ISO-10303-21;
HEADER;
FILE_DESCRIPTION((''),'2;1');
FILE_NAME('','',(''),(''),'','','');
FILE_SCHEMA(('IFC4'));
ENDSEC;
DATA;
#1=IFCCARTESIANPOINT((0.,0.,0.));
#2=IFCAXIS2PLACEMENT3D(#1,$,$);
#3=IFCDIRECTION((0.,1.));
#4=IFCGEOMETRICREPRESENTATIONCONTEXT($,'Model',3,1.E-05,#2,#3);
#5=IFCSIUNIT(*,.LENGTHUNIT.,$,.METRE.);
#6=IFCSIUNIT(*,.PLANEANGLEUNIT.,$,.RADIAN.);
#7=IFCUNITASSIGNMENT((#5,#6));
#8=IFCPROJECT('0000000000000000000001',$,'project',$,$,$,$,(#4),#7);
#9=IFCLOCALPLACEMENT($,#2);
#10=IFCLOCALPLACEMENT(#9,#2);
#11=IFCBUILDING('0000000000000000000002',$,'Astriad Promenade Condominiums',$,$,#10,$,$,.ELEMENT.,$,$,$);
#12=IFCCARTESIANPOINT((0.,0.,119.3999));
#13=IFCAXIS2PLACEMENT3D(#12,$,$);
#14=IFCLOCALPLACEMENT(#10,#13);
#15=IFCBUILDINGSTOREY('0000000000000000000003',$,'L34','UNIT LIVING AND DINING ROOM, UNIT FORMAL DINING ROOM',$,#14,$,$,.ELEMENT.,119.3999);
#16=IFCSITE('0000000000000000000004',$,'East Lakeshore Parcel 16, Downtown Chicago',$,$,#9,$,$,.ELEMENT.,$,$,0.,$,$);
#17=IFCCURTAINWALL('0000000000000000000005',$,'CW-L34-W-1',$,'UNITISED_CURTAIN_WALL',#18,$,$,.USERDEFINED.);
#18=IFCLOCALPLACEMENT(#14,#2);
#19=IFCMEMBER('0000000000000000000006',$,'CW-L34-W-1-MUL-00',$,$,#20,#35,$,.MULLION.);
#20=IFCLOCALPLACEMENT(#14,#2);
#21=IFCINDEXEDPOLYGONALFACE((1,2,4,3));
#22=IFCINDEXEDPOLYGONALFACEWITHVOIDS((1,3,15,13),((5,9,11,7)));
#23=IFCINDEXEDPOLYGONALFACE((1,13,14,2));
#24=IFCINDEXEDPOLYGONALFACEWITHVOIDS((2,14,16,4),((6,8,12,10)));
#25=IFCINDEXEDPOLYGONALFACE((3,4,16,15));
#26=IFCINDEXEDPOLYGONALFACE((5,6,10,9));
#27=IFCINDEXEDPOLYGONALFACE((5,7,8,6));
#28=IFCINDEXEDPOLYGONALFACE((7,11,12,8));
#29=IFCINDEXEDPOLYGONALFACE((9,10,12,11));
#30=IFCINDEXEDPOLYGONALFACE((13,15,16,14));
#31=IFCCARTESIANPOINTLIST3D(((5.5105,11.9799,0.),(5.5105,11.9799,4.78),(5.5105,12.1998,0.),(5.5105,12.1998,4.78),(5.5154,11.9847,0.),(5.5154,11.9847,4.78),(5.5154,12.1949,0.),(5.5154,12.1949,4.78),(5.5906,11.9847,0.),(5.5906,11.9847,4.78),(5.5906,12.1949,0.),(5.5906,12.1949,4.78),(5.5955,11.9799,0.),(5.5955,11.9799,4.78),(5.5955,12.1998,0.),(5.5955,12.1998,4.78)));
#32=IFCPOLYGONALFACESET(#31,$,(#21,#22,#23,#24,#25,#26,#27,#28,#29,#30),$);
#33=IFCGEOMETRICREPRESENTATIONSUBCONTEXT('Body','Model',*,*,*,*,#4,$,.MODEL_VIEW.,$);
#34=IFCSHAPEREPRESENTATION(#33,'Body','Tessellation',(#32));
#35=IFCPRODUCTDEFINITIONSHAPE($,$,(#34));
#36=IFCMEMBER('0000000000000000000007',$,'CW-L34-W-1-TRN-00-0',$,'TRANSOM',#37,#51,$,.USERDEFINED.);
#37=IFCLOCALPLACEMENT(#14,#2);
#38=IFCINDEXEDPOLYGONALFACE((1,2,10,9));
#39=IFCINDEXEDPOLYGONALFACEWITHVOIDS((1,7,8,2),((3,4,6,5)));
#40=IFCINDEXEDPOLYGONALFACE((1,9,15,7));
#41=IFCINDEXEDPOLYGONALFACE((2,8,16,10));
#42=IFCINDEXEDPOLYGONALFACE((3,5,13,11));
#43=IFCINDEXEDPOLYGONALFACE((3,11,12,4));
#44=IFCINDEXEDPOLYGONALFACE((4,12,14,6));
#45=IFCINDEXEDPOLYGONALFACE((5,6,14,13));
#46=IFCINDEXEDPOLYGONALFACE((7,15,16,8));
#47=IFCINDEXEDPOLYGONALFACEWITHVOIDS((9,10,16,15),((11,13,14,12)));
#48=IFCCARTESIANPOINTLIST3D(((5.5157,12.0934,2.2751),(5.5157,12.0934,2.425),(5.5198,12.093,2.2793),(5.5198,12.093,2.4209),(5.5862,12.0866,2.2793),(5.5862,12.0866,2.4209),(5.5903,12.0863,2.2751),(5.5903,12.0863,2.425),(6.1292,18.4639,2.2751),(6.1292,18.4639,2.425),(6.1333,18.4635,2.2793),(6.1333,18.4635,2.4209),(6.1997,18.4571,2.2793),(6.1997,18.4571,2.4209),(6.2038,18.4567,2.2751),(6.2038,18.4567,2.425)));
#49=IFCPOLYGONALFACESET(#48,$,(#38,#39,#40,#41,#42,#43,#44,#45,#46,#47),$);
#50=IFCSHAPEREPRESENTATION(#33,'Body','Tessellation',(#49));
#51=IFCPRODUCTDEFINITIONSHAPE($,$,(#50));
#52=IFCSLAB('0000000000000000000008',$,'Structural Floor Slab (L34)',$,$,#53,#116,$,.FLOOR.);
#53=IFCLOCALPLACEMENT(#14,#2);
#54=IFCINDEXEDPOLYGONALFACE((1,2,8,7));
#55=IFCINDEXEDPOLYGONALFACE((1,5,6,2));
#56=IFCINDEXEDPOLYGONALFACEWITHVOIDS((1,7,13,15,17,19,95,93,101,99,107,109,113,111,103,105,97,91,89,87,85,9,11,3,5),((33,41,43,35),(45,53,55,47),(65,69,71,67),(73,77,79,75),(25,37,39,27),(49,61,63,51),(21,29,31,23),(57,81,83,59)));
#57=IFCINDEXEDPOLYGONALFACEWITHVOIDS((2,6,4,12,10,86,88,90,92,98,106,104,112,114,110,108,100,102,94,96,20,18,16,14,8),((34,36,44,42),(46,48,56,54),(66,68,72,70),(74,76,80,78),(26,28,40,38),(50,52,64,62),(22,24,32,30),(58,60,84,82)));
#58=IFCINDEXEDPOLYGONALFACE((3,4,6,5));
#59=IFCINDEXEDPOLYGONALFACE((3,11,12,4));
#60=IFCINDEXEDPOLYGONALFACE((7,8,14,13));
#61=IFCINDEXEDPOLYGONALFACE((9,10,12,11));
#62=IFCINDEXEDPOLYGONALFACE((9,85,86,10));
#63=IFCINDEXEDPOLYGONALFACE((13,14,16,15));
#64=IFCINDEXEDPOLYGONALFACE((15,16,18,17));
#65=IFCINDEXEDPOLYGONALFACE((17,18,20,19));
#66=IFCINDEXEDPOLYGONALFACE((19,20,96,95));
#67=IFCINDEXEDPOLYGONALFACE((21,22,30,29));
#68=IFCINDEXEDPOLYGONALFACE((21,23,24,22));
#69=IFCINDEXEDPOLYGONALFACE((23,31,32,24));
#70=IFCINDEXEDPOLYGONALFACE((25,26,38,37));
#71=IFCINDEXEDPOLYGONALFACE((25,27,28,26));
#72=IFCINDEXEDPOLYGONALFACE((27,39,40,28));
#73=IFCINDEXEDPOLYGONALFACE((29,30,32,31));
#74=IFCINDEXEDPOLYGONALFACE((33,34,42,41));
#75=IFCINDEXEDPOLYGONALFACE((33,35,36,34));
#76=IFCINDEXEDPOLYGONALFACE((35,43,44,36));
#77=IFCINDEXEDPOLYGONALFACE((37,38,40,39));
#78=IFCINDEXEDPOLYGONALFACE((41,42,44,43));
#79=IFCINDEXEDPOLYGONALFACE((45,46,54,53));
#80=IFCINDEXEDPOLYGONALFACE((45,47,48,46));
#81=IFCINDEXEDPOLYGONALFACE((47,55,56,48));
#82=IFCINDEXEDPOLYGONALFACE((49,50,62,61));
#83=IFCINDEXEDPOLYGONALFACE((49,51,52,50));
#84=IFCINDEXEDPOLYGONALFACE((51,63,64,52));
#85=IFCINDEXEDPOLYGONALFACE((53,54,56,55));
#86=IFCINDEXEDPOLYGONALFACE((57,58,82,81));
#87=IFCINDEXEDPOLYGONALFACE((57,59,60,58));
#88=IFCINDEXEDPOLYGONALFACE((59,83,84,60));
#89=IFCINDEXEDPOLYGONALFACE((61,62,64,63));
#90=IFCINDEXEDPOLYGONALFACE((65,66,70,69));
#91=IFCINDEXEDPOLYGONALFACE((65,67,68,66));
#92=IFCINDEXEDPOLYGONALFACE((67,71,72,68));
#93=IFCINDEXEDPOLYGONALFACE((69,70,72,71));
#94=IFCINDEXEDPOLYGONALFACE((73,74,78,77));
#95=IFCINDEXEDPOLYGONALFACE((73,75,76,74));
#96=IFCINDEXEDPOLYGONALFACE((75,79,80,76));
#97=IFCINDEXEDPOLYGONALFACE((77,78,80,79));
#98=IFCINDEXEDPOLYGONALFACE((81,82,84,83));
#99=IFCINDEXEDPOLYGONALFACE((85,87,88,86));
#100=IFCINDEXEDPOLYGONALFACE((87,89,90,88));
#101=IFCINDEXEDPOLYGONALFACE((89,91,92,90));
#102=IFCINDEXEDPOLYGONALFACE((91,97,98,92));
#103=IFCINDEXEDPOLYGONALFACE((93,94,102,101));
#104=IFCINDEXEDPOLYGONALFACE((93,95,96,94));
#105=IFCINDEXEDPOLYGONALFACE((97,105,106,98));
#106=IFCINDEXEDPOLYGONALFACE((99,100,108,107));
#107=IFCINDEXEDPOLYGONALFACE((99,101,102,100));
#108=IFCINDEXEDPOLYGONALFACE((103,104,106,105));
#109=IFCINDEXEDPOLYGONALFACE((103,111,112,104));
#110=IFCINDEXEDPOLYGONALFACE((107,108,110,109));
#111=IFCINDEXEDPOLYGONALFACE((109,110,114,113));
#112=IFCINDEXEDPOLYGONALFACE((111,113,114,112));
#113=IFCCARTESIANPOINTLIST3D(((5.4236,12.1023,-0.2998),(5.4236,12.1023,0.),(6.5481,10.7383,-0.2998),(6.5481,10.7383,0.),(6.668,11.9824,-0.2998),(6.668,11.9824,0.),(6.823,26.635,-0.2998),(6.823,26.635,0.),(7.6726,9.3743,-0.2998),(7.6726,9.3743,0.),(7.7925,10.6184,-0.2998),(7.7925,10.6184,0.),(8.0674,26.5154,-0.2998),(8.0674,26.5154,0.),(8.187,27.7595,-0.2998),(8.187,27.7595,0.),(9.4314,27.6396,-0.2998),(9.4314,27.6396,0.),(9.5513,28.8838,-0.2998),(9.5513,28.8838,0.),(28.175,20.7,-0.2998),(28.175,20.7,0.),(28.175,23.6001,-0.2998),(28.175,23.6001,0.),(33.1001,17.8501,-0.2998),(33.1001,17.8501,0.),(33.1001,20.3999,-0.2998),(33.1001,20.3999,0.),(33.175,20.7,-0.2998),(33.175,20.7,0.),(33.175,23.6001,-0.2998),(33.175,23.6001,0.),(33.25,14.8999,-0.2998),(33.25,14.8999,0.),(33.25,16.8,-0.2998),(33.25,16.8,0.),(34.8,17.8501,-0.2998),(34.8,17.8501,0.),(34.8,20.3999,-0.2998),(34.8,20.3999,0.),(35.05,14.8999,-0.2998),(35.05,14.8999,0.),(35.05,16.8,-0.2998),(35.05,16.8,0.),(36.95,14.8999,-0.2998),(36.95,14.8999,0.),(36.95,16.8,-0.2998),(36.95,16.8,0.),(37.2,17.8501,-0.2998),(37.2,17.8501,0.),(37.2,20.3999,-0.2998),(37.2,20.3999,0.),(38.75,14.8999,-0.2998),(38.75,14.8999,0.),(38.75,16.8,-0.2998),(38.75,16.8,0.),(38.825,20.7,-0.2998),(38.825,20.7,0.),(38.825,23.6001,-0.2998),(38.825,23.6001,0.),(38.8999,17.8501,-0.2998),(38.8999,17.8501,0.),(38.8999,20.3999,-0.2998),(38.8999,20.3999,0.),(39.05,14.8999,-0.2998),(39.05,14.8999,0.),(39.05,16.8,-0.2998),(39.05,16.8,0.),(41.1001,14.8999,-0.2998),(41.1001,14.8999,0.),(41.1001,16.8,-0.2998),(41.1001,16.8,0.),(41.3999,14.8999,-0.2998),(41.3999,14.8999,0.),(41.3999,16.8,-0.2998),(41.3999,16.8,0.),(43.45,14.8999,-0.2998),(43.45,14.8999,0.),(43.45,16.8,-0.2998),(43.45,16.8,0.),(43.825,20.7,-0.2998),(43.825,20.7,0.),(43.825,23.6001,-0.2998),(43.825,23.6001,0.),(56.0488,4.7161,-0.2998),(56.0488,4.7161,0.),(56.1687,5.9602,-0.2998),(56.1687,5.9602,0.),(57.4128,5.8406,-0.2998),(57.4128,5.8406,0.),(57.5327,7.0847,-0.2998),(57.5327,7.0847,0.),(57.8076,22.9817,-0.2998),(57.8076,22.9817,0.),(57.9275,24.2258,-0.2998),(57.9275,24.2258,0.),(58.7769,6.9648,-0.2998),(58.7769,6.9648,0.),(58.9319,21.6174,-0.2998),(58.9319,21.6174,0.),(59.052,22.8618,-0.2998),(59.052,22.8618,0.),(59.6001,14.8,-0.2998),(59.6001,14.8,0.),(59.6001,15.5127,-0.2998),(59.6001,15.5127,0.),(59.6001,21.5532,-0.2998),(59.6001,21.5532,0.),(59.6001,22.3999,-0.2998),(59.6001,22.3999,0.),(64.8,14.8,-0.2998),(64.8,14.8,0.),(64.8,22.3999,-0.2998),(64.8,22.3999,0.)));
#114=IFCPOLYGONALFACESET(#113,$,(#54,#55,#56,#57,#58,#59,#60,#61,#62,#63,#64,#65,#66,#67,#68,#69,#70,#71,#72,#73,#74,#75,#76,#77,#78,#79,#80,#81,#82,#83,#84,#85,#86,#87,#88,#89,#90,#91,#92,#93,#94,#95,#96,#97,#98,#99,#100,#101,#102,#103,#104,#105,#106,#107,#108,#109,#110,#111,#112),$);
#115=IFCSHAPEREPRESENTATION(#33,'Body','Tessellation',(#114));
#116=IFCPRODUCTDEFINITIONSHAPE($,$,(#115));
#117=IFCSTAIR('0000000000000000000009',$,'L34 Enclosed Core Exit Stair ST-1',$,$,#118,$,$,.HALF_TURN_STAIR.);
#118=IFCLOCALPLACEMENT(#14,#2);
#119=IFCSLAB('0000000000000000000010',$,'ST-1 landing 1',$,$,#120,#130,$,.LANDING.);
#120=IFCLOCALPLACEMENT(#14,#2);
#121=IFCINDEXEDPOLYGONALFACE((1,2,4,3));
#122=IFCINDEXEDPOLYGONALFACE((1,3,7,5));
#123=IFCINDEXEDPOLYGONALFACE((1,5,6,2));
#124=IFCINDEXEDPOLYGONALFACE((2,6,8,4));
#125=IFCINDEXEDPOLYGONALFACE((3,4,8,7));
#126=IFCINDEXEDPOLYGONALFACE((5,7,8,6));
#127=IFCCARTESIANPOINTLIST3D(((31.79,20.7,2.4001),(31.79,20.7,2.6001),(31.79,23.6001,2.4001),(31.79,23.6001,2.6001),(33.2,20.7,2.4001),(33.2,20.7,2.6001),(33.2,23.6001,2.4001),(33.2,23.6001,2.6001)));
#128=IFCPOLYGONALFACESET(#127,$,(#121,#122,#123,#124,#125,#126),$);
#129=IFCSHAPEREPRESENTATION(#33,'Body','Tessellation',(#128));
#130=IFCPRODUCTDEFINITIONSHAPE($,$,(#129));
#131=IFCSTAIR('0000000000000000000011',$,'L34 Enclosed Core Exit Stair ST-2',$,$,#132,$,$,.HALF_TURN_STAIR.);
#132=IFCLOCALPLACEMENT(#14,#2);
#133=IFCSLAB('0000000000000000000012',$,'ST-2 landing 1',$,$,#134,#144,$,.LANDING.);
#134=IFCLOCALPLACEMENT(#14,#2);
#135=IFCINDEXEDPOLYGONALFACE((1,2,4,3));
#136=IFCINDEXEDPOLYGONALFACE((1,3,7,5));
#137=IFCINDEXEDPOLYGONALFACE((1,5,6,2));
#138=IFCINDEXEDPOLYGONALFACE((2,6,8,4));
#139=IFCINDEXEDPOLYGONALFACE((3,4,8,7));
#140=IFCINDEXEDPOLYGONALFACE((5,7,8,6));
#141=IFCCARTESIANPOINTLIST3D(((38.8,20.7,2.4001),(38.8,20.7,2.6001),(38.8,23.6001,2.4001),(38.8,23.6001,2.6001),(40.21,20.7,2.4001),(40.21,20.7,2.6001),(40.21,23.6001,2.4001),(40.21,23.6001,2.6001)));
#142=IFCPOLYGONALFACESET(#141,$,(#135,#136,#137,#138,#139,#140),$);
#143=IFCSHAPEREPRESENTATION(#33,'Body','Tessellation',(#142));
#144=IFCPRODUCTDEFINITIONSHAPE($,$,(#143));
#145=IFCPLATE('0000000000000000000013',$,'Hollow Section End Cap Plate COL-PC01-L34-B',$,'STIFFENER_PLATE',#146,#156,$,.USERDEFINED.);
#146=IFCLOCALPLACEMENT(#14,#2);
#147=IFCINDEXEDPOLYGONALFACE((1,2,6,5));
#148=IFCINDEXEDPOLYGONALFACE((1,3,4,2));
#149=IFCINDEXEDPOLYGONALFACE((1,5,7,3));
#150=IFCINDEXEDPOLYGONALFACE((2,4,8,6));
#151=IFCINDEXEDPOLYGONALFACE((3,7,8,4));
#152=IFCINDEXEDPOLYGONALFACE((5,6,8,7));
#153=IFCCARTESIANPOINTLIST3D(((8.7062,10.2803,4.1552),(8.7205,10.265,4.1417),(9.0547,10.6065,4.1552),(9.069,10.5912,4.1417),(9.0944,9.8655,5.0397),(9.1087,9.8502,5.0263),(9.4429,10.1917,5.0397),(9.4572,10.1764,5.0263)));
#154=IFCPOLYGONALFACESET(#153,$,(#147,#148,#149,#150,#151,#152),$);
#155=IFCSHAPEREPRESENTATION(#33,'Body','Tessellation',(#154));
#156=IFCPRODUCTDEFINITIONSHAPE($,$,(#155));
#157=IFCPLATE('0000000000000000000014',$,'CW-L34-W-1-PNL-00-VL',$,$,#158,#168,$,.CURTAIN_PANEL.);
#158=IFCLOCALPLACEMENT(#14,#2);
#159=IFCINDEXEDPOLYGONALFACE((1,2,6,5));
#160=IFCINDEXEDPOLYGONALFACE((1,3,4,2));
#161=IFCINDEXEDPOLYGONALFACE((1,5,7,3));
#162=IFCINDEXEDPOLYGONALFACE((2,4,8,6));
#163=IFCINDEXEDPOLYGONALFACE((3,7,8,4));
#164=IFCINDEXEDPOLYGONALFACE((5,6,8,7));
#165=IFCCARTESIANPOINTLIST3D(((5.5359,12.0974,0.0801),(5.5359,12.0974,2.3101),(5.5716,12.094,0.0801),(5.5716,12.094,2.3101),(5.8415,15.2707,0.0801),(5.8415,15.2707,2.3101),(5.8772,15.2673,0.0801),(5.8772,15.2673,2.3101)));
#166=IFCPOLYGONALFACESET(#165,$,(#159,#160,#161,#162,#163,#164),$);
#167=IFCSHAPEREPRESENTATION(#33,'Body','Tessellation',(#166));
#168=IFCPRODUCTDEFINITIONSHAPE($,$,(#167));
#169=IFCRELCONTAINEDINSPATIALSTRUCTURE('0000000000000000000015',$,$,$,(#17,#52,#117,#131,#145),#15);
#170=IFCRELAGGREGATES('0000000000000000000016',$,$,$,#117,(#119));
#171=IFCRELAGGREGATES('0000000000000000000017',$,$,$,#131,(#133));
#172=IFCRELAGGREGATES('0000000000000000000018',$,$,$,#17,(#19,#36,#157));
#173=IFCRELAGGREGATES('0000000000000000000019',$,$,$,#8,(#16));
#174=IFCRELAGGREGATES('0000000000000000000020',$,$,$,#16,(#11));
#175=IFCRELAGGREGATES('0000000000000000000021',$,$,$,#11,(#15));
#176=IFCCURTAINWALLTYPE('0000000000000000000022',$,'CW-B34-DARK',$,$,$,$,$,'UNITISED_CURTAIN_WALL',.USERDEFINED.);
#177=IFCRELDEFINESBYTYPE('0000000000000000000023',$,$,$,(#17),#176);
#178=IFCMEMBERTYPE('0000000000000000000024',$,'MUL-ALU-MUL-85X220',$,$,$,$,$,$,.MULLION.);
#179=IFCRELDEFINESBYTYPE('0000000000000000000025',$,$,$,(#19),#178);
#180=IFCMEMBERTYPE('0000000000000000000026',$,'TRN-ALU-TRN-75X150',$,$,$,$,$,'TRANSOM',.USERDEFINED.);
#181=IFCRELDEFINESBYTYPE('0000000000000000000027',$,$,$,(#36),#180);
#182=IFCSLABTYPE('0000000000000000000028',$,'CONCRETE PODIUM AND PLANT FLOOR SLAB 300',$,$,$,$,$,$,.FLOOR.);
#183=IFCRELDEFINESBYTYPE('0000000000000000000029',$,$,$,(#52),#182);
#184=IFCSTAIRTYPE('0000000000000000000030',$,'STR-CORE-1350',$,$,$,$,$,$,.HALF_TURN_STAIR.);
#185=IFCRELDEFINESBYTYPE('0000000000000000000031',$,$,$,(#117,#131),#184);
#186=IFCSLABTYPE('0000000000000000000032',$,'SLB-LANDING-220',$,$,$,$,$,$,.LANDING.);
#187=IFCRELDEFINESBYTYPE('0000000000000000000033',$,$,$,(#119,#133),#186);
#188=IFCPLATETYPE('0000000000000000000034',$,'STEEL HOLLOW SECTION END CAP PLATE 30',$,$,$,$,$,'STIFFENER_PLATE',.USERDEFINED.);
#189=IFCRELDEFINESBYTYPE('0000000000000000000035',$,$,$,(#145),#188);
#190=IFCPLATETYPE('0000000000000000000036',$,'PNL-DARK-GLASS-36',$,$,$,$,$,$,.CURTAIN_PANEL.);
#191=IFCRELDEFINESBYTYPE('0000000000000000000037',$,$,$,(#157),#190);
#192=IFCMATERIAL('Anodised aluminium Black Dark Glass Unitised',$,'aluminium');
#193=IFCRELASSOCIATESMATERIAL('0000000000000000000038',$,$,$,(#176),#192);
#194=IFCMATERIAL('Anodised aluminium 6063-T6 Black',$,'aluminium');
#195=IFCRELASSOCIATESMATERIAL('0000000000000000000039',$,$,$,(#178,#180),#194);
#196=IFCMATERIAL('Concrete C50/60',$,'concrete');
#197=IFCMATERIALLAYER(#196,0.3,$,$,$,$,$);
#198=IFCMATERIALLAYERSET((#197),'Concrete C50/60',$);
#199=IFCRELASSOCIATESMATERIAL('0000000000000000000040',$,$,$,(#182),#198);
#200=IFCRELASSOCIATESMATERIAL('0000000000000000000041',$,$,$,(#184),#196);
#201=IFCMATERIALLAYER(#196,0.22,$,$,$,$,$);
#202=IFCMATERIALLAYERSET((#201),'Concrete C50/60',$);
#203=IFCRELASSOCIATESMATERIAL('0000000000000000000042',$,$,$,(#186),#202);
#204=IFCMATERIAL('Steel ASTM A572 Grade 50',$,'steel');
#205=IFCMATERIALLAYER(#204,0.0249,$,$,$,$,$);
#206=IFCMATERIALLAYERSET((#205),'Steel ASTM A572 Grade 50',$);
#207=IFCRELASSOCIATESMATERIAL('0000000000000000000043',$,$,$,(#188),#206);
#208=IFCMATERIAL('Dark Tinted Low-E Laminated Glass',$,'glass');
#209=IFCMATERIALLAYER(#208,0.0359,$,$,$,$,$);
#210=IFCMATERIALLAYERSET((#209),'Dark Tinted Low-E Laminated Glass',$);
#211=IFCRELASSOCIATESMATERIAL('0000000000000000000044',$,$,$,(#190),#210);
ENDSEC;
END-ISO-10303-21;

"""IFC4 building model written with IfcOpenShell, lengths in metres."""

from ifc_helpers import new_model, si_unit, direction, frame, origin, origin_2d, place, context, subcontext, project, spatial, polyline, rectangle, hollow_rectangle, outline, extrude, source, transform, mapped, material, layer, layer_set, material_profile, profile_set, type_object, type_shapes, element, aggregate, save


model = new_model("IFC4")

# Units and contexts
model_context = context("Model", 3, precision=1e-05, world=origin(), true_north=direction((0.0, 1.0)))
body_context = subcontext(model_context, "Body", "Model", "MODEL_VIEW")
ifc_project = project(units=[si_unit("LENGTHUNIT", "METRE"), si_unit("PLANEANGLEUNIT", "RADIAN")], contexts=[model_context])

# Site, building, storey
site_placement = place(None, origin())
site = spatial("IfcSite", under=ifc_project, at=site_placement, Name="East Lakeshore Parcel 16, Downtown Chicago", CompositionType="ELEMENT", RefElevation=0.0)
building_placement = place(site_placement, origin())
building = spatial("IfcBuilding", under=site, at=building_placement, Name="Astriad Promenade Condominiums", CompositionType="ELEMENT")
storey_placement = place(building_placement, frame((0.0, 0.0, 119.3999)))
storey = spatial("IfcBuildingStorey", under=building, at=storey_placement, Name="L34", Description="UNIT LIVING AND DINING ROOM, UNIT FORMAL DINING ROOM", CompositionType="ELEMENT", Elevation=119.3999)

# Curtain wall, members
ifc_material_1 = material(Name="Anodised aluminium Black Dark Glass Unitised", Category="aluminium")
curtain_wall_type = type_object("IfcCurtainWallType", Name="CW-B34-DARK", ElementType="UNITISED_CURTAIN_WALL", PredefinedType="USERDEFINED", material=ifc_material_1)
curtain_wall_placement = place(storey_placement, origin())
curtain_wall = element("IfcCurtainWall", 1, at=curtain_wall_placement, inside=storey, type_object=curtain_wall_type, Name="CW-L34-W-1", ObjectType="UNITISED_CURTAIN_WALL", PredefinedType="USERDEFINED")
ifc_material_2 = material(Name="Anodised aluminium 6063-T6 Black", Category="aluminium")
ifc_material_profile_1 = material_profile(ifc_material_2, hollow_rectangle(XDim=0.085, YDim=0.22, WallThickness=0.0049, at=origin_2d()), Name="ALU-MUL-85X220")
ifc_profile_set_1 = profile_set([ifc_material_profile_1], Name="Anodised aluminium 6063-T6 Black")
member_type_1 = type_object("IfcMemberType", Name="MUL-ALU-MUL-85X220", PredefinedType="MULLION", material=ifc_profile_set_1)
shared_shape_1 = source(origin(), body_context, "Body", "SweptSolid", [
    extrude(hollow_rectangle(XDim=0.085, YDim=0.22, WallThickness=0.0049, at=origin_2d()), origin(), (0.0, 0.0, 1.0), 4.78),
])
type_shapes(member_type_1, [shared_shape_1])
member_1_placement = place(storey_placement, frame((5.553, 12.0898, 0.0), z_axis=(0.0, 0.0, 1.0), x_axis=(1.0, 0.0, 0.0)))
member_1 = element("IfcMember", 2, at=member_1_placement, type_object=member_type_1, Name="CW-L34-W-1-MUL-00", PredefinedType="MULLION", context=body_context, shape_type="MappedRepresentation", body=[
    mapped(shared_shape_1, transform((0.0, 0.0, 0.0), scale=1.0)),
])
ifc_material_profile_2 = material_profile(ifc_material_2, hollow_rectangle(XDim=0.075, YDim=0.1499, WallThickness=0.0042, at=origin_2d()), Name="ALU-TRN-75X150")
ifc_profile_set_2 = profile_set([ifc_material_profile_2], Name="Anodised aluminium 6063-T6 Black")
member_type_2 = type_object("IfcMemberType", Name="TRN-ALU-TRN-75X150", ElementType="TRANSOM", PredefinedType="USERDEFINED", material=ifc_profile_set_2)
shared_shape_2 = source(origin(), body_context, "Body", "SweptSolid", [
    extrude(hollow_rectangle(XDim=0.075, YDim=0.1499, WallThickness=0.0042, at=origin_2d()), origin(), (0.0, 0.0, 1.0), 6.3999),
])
type_shapes(member_type_2, [shared_shape_2])
member_2_placement = place(storey_placement, frame((5.553, 12.0898, 2.3501), z_axis=(0.095866, 0.995394, 0.0), x_axis=(-0.995394, 0.095866, 0.0)))
member_2 = element("IfcMember", 3, at=member_2_placement, type_object=member_type_2, Name="CW-L34-W-1-TRN-00-0", ObjectType="TRANSOM", PredefinedType="USERDEFINED", context=body_context, shape_type="MappedRepresentation", body=[
    mapped(shared_shape_2, transform((0.0, 0.0, 0.0), scale=1.0)),
])

# Slab
ifc_material_3 = material(Name="Concrete C50/60", Category="concrete")
ifc_layer_1 = layer(ifc_material_3, 0.3)
ifc_layer_set_1 = layer_set([ifc_layer_1], Name="Concrete C50/60")
slab_type_1 = type_object("IfcSlabType", Name="CONCRETE PODIUM AND PLANT FLOOR SLAB 300", PredefinedType="FLOOR", material=ifc_layer_set_1)
slab_1_placement = place(storey_placement, frame((0.0, 0.0, -0.2998)))
element("IfcSlab", 4, at=slab_1_placement, inside=storey, type_object=slab_type_1, Name="Structural Floor Slab (L34)", PredefinedType="FLOOR", context=body_context, shape_type="SweptSolid", body=[
    extrude(outline(polyline([(59.6001, 15.5127), (59.6001, 14.8), (64.8, 14.8), (64.8, 22.3999), (59.6001, 22.3999), (59.6001, 21.5532), (58.9319, 21.6174), (59.052, 22.8618), (57.8076, 22.9817), (57.9275, 24.2258), (9.5513, 28.8838), (9.4314, 27.6396), (8.187, 27.7595), (8.0674, 26.5154), (6.823, 26.635), (5.4236, 12.1023), (6.668, 11.9824), (6.5481, 10.7383), (7.7925, 10.6184), (7.6726, 9.3743), (56.0488, 4.7161), (56.1687, 5.9602), (57.4128, 5.8406), (57.5327, 7.0847), (58.7769, 6.9648), (59.6001, 15.5127)]), holes=[polyline([(28.175, 20.7), (33.175, 20.7), (33.175, 23.6001), (28.175, 23.6001), (28.175, 20.7)]), polyline([(38.825, 20.7), (43.825, 20.7), (43.825, 23.6001), (38.825, 23.6001), (38.825, 20.7)]), polyline([(33.1001, 17.8501), (34.8, 17.8501), (34.8, 20.3999), (33.1001, 20.3999), (33.1001, 17.8501)]), polyline([(37.2, 17.8501), (38.8999, 17.8501), (38.8999, 20.3999), (37.2, 20.3999), (37.2, 17.8501)]), polyline([(33.25, 14.8999), (35.05, 14.8999), (35.05, 16.8), (33.25, 16.8), (33.25, 14.8999)]), polyline([(36.95, 14.8999), (38.75, 14.8999), (38.75, 16.8), (36.95, 16.8), (36.95, 14.8999)]), polyline([(39.05, 14.8999), (41.1001, 14.8999), (41.1001, 16.8), (39.05, 16.8), (39.05, 14.8999)]), polyline([(41.3999, 14.8999), (43.45, 14.8999), (43.45, 16.8), (41.3999, 16.8), (41.3999, 14.8999)])]), origin(), (0.0, 0.0, 1.0), 0.2998),
])

# Stairs, slabs
stair_type = type_object("IfcStairType", Name="STR-CORE-1350", PredefinedType="HALF_TURN_STAIR", material=ifc_material_3)
stair_1_placement = place(storey_placement, origin())
stair_1 = element("IfcStair", 5, at=stair_1_placement, inside=storey, type_object=stair_type, Name="L34 Enclosed Core Exit Stair ST-1", PredefinedType="HALF_TURN_STAIR")
ifc_layer_2 = layer(ifc_material_3, 0.22)
ifc_layer_set_2 = layer_set([ifc_layer_2], Name="Concrete C50/60")
slab_type_2 = type_object("IfcSlabType", Name="SLB-LANDING-220", PredefinedType="LANDING", material=ifc_layer_set_2)
slab_2_placement = place(storey_placement, frame((0.0, 0.0, 2.4001)))
slab_2 = element("IfcSlab", 6, at=slab_2_placement, type_object=slab_type_2, Name="ST-1 landing 1", PredefinedType="LANDING", context=body_context, shape_type="SweptSolid", body=[
    extrude(outline(polyline([(31.79, 20.7), (33.2, 20.7), (33.2, 23.6001), (31.79, 23.6001), (31.79, 20.7)])), origin(), (0.0, 0.0, 1.0), 0.2),
])
aggregate(stair_1, [slab_2])
stair_2_placement = place(storey_placement, origin())
stair_2 = element("IfcStair", 7, at=stair_2_placement, inside=storey, type_object=stair_type, Name="L34 Enclosed Core Exit Stair ST-2", PredefinedType="HALF_TURN_STAIR")
slab_3_placement = place(storey_placement, frame((0.0, 0.0, 2.4001)))
slab_3 = element("IfcSlab", 8, at=slab_3_placement, type_object=slab_type_2, Name="ST-2 landing 1", PredefinedType="LANDING", context=body_context, shape_type="SweptSolid", body=[
    extrude(outline(polyline([(40.21, 23.6001), (38.8, 23.6001), (38.8, 20.7), (40.21, 20.7), (40.21, 23.6001)])), origin(), (0.0, 0.0, 1.0), 0.2),
])
aggregate(stair_2, [slab_3])

# Plates
ifc_material_4 = material(Name="Steel ASTM A572 Grade 50", Category="steel")
ifc_layer_3 = layer(ifc_material_4, 0.0249)
ifc_layer_set_3 = layer_set([ifc_layer_3], Name="Steel ASTM A572 Grade 50")
plate_type_1 = type_object("IfcPlateType", Name="STEEL HOLLOW SECTION END CAP PLATE 30", ElementType="STIFFENER_PLATE", PredefinedType="USERDEFINED", material=ifc_layer_set_3)
shared_shape_3 = source(origin(), body_context, "Body", "SweptSolid", [
    extrude(rectangle(XDim=0.4773, YDim=1.0513, at=origin_2d()), origin(), (0.0, 0.0, 1.0), 0.0249),
])
type_shapes(plate_type_1, [shared_shape_3])
plate_1_placement = place(storey_placement, frame((9.0889, 10.2207, 4.584), z_axis=(-0.574938, 0.614336, 0.540405), x_axis=(-0.730131, -0.683307, 0.0)))
element("IfcPlate", 9, at=plate_1_placement, inside=storey, type_object=plate_type_1, Name="Hollow Section End Cap Plate COL-PC01-L34-B", ObjectType="STIFFENER_PLATE", PredefinedType="USERDEFINED", context=body_context, shape_type="MappedRepresentation", body=[
    mapped(shared_shape_3, transform((0.0, 0.0, 0.0), scale=1.0)),
])
ifc_material_5 = material(Name="Dark Tinted Low-E Laminated Glass", Category="glass")
ifc_layer_4 = layer(ifc_material_5, 0.0359)
ifc_layer_set_4 = layer_set([ifc_layer_4], Name="Dark Tinted Low-E Laminated Glass")
plate_type_2 = type_object("IfcPlateType", Name="PNL-DARK-GLASS-36", PredefinedType="CURTAIN_PANEL", material=ifc_layer_set_4)
shared_shape_4 = source(origin(), body_context, "Body", "SweptSolid", [
    extrude(rectangle(XDim=3.188, YDim=0.0359, at=origin_2d()), origin(), (0.0, 0.0, 1.0), 2.23),
])
plate_2_placement = place(storey_placement, frame((5.7065, 13.6824, 0.0801), z_axis=(0.0, 0.0, 1.0), x_axis=(0.095846, 0.995396, 0.0)))
plate_2 = element("IfcPlate", 10, at=plate_2_placement, type_object=plate_type_2, Name="CW-L34-W-1-PNL-00-VL", PredefinedType="CURTAIN_PANEL", context=body_context, shape_type="MappedRepresentation", body=[
    mapped(shared_shape_4, transform((0.0, 0.0, 0.0), scale=1.0)),
])
aggregate(curtain_wall, [member_1, member_2, plate_2])

save(model, "model.ifc")
